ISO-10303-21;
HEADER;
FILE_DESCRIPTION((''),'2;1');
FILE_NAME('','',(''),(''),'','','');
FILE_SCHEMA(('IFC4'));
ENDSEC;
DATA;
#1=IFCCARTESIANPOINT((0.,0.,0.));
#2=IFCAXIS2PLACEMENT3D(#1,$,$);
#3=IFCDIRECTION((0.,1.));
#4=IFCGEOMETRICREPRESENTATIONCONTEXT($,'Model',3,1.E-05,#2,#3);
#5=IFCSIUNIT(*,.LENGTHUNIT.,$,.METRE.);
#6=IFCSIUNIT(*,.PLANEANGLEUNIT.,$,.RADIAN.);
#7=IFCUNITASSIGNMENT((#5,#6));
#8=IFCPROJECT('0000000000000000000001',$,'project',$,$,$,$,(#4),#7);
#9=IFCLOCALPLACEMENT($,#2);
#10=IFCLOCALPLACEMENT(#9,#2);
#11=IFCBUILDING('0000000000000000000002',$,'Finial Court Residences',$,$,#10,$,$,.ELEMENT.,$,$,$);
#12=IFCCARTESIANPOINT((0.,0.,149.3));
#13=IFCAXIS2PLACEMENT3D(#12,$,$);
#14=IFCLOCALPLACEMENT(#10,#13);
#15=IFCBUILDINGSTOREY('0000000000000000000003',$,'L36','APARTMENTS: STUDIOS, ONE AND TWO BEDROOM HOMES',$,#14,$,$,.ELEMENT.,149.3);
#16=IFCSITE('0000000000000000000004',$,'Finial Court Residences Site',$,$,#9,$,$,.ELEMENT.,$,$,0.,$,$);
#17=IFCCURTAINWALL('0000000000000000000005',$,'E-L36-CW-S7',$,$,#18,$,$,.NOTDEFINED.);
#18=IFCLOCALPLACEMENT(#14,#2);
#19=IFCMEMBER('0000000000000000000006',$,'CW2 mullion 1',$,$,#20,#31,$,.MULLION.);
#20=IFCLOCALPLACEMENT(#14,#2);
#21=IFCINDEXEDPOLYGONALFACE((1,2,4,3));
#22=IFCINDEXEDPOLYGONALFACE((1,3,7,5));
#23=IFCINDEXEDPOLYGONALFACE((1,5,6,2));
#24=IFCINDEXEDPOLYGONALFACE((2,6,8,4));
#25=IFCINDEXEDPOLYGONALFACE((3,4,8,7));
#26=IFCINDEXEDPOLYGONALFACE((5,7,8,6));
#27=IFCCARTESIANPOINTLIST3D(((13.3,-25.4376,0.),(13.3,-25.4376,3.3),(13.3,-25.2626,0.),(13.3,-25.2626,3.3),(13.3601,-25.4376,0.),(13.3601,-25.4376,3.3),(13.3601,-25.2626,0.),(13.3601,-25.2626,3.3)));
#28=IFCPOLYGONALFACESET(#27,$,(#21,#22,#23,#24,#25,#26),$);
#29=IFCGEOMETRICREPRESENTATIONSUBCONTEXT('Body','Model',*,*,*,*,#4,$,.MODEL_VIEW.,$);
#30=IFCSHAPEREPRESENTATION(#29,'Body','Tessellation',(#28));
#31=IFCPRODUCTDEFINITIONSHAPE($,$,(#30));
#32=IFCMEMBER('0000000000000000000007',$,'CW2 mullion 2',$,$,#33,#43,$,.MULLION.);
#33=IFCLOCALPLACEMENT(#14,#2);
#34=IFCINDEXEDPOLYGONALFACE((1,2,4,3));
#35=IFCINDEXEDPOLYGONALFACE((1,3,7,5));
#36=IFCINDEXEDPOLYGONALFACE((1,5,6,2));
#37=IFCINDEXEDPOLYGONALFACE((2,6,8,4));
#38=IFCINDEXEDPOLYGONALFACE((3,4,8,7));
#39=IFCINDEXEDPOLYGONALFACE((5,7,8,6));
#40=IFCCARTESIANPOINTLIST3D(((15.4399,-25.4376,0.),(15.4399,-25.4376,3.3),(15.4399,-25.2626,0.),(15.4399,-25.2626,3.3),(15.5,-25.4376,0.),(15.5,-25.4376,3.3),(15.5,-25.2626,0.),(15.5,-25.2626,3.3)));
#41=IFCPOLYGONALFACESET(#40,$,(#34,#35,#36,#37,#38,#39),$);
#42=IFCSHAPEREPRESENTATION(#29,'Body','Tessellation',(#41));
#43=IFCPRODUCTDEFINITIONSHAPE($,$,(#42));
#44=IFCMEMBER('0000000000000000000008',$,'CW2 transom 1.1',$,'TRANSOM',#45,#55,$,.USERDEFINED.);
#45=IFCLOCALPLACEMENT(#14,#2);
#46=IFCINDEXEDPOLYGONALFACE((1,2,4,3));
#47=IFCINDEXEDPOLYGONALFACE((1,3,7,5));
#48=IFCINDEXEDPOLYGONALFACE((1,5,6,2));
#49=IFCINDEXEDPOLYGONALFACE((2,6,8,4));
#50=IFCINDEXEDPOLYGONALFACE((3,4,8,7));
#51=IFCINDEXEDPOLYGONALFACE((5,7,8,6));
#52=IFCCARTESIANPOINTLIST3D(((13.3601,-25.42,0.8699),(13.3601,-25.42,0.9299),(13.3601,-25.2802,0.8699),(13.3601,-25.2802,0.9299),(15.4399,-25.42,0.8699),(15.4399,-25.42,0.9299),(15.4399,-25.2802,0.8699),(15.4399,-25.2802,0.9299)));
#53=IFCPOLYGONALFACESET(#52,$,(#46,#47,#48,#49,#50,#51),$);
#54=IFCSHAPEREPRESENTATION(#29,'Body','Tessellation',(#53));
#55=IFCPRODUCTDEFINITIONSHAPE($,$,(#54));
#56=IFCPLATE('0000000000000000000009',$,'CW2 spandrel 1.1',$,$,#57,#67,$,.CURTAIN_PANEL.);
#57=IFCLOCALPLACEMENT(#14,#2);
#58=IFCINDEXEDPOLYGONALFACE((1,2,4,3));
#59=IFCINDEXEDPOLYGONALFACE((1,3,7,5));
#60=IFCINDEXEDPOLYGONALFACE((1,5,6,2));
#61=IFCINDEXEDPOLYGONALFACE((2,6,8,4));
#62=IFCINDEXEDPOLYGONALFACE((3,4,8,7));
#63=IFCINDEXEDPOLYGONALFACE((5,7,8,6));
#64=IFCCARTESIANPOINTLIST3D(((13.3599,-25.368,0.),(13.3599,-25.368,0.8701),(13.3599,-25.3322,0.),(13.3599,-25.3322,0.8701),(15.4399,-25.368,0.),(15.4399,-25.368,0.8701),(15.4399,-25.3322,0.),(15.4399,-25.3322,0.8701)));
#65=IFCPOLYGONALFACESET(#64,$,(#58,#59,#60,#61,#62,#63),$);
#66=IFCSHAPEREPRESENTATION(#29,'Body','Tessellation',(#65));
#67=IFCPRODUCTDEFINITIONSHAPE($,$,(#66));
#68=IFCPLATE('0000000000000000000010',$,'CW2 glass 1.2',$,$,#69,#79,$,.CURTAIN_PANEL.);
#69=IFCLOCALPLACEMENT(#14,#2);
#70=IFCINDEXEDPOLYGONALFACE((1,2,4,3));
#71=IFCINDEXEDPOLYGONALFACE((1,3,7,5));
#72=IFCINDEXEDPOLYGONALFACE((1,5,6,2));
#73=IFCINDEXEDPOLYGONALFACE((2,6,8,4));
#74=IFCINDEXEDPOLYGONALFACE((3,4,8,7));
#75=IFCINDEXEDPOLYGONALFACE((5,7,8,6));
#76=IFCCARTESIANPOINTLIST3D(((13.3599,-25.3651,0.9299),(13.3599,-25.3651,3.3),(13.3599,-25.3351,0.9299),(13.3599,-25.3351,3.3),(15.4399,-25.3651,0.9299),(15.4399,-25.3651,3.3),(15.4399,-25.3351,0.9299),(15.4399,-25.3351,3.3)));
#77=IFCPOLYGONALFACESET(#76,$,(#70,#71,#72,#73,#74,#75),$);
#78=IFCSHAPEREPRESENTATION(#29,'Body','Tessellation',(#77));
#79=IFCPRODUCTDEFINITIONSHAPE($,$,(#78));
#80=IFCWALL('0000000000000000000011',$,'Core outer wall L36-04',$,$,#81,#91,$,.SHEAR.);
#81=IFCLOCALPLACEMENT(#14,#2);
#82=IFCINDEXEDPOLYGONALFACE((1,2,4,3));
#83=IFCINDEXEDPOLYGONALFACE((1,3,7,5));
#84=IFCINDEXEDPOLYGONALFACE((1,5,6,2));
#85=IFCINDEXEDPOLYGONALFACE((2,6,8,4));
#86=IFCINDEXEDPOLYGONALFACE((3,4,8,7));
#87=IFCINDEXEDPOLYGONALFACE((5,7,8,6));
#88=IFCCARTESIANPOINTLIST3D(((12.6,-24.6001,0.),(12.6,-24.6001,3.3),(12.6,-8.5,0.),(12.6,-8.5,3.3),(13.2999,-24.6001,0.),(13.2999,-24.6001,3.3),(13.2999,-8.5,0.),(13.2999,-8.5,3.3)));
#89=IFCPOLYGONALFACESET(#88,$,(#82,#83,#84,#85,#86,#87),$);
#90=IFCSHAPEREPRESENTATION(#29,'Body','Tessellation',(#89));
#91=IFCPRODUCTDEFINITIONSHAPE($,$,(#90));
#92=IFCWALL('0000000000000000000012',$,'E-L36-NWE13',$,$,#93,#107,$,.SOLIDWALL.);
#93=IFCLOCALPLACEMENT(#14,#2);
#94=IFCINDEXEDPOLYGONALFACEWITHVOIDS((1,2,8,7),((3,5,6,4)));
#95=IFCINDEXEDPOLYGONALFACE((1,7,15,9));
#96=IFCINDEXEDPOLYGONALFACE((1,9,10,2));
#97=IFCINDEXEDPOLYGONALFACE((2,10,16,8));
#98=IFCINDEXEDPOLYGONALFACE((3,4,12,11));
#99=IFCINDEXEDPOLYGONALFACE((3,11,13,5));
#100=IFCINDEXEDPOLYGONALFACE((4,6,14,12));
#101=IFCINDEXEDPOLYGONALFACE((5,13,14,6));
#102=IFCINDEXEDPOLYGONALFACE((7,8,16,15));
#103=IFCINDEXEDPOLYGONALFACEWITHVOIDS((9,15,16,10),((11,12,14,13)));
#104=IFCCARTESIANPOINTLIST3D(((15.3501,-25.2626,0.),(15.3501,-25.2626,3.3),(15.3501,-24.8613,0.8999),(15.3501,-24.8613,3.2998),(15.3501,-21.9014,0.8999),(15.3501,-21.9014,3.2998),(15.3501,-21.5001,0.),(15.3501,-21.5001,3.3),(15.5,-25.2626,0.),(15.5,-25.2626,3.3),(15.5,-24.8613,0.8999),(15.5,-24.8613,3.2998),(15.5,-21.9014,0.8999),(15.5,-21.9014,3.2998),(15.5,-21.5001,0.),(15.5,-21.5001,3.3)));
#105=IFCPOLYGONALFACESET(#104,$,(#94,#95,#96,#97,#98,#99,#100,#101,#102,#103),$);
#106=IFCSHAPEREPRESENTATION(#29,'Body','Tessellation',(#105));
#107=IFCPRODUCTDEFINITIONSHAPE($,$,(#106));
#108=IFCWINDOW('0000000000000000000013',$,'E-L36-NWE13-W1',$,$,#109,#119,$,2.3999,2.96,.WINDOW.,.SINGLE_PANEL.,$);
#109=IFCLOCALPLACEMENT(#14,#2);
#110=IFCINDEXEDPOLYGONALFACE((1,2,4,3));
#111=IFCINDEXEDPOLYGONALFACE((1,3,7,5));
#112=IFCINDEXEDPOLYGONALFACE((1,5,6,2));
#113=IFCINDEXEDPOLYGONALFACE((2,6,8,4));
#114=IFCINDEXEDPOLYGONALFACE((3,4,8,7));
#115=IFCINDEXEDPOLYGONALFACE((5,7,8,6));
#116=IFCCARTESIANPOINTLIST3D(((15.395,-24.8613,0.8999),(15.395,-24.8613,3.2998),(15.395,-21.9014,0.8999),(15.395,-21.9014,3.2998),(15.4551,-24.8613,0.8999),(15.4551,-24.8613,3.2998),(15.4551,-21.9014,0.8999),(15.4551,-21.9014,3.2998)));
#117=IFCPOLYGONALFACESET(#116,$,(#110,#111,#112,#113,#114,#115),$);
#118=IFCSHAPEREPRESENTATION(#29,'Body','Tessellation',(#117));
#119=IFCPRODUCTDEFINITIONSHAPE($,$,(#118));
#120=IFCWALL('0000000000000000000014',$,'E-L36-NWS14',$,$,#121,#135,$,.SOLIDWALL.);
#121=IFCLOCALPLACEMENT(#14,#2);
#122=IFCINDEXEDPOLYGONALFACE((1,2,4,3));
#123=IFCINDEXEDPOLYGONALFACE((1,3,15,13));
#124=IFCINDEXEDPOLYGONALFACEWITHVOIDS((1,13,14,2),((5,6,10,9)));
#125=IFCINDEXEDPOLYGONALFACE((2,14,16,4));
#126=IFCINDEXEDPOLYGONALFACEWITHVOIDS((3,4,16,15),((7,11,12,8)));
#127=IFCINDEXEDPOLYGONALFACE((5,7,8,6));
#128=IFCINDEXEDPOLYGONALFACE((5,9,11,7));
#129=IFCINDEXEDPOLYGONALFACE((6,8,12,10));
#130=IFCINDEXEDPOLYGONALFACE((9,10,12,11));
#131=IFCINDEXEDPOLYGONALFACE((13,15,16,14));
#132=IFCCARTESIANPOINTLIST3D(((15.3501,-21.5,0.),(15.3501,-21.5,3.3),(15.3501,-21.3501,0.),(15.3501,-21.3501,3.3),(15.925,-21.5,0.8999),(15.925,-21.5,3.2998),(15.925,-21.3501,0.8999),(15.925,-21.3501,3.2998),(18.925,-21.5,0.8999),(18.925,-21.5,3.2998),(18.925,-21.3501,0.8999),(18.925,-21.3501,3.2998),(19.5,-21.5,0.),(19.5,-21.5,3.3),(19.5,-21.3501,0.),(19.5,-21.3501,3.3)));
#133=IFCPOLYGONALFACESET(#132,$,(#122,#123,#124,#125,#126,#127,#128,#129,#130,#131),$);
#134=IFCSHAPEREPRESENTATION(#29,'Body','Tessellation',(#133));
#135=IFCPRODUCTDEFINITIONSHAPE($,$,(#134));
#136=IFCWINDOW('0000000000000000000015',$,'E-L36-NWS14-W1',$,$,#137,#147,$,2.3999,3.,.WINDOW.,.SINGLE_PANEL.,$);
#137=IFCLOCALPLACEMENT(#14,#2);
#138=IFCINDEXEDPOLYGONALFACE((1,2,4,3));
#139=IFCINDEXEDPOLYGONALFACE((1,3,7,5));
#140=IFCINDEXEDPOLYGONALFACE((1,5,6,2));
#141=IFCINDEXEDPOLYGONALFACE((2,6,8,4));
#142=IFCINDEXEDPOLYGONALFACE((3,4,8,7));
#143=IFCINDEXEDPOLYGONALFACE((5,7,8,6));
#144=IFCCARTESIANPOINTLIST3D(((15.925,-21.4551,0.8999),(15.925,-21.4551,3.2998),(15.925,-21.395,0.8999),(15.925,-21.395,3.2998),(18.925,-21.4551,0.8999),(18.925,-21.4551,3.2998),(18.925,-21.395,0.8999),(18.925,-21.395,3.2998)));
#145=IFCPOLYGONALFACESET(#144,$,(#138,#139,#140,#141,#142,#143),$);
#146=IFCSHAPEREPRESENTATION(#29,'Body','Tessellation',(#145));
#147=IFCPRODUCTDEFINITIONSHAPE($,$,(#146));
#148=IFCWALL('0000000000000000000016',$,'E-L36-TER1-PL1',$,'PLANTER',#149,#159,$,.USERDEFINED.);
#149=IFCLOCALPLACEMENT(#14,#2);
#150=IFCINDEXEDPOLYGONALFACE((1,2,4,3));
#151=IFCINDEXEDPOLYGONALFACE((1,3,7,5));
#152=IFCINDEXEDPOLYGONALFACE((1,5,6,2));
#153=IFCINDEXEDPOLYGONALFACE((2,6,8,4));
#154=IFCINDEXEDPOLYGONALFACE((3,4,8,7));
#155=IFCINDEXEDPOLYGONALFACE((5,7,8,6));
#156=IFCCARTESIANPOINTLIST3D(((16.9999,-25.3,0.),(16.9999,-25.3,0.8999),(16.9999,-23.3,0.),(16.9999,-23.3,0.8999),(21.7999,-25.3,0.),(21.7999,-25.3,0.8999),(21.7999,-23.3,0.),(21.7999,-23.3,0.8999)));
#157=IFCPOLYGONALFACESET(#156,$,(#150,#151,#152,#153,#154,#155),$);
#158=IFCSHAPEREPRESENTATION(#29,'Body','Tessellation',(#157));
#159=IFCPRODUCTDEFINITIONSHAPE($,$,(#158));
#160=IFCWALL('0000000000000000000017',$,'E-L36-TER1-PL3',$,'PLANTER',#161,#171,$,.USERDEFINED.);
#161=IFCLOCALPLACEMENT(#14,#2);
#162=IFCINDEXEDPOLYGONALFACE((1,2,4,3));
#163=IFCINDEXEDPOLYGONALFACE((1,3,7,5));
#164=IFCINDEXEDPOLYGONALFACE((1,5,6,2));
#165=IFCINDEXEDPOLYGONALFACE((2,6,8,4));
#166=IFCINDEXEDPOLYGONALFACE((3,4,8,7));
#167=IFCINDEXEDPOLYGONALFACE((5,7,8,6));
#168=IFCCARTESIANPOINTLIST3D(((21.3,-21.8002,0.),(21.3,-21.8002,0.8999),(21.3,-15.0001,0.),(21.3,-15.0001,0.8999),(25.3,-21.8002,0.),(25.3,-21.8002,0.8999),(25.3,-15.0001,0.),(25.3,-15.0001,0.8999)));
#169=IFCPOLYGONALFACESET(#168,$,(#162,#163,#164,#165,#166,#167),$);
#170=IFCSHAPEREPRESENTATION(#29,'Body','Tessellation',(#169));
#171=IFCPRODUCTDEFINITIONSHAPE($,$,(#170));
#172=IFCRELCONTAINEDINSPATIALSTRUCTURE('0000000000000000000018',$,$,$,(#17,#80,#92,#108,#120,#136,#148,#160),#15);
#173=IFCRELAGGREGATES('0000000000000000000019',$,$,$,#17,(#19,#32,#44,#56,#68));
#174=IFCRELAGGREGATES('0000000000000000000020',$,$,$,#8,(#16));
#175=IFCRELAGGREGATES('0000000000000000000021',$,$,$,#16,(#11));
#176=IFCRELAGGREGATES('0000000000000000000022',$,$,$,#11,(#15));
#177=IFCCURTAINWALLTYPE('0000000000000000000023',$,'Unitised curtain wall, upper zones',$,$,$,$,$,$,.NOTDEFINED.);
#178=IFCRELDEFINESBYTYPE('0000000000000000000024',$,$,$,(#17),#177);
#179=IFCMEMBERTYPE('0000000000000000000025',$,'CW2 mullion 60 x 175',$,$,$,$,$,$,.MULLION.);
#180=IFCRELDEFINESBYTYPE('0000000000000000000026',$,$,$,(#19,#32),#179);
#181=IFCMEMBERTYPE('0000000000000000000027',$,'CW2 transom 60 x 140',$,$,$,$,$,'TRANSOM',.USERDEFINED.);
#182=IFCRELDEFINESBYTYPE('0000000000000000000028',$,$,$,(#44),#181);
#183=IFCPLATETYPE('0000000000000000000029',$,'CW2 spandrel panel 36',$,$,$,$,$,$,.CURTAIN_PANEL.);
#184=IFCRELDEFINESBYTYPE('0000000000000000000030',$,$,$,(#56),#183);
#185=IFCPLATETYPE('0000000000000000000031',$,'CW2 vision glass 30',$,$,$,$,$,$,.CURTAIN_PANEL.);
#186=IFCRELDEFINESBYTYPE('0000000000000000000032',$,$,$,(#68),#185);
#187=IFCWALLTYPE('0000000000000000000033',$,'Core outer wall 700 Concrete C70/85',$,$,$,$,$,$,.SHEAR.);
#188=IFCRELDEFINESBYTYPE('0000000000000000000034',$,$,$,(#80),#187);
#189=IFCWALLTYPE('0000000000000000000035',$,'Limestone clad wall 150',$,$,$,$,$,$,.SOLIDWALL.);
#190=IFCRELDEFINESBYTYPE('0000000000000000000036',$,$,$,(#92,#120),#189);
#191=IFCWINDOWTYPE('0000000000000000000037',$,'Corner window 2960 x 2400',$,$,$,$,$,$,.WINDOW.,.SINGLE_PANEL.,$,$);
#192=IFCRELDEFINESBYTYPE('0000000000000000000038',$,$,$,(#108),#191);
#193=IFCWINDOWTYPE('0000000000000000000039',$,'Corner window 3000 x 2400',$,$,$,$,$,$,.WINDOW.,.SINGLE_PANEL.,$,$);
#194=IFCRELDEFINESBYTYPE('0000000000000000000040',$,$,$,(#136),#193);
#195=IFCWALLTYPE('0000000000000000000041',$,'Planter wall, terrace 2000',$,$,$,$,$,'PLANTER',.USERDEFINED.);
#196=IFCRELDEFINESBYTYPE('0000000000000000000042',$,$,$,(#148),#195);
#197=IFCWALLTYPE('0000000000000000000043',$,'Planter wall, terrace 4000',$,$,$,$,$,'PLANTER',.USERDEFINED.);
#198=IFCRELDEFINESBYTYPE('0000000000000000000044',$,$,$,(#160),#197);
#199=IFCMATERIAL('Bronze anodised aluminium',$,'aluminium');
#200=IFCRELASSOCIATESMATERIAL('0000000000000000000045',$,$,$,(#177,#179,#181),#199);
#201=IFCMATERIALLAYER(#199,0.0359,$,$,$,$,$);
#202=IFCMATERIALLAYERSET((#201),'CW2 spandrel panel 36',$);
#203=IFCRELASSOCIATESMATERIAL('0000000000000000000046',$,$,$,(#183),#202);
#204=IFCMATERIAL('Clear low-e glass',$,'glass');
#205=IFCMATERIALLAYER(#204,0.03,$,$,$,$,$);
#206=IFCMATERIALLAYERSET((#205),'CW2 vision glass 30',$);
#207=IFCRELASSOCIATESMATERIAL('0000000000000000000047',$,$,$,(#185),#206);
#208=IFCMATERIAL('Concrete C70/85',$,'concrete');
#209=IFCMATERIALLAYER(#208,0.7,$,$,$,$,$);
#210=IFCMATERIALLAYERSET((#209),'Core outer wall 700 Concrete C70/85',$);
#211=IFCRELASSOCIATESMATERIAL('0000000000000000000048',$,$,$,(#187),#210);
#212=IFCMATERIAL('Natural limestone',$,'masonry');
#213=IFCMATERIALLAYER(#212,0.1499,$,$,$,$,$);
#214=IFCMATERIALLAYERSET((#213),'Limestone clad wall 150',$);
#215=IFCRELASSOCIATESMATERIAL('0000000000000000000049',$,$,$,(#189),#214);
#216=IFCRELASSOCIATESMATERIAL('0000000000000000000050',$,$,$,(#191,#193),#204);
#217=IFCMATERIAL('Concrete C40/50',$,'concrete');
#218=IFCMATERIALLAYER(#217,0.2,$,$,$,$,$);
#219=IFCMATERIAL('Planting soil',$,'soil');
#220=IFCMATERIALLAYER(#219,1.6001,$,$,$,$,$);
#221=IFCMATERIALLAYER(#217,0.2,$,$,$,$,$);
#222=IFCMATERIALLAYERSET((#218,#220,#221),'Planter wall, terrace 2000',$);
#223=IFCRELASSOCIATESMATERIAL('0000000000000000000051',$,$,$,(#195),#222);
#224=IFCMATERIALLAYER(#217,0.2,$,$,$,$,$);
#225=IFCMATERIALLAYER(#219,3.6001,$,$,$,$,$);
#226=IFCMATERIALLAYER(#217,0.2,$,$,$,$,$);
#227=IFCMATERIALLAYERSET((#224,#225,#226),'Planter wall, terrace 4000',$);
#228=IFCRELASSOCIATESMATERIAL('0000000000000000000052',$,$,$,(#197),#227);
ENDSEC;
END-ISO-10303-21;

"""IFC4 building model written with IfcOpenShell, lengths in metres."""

from ifc_helpers import new_model, si_unit, direction, frame, frame_2d, origin, origin_2d, place, context, subcontext, project, spatial, rectangle, extrude, material, layer, layer_set, material_profile, profile_set, type_object, element, fill, aggregate, save


model = new_model("IFC4")

# Units and contexts
model_context = context("Model", 3, precision=1e-05, world=origin(), true_north=direction((0.0, 1.0)))
body_context = subcontext(model_context, "Body", "Model", "MODEL_VIEW")
ifc_project = project(units=[si_unit("LENGTHUNIT", "METRE"), si_unit("PLANEANGLEUNIT", "RADIAN")], contexts=[model_context])

# Site, building, storey
site_placement = place(None, origin())
site = spatial("IfcSite", under=ifc_project, at=site_placement, Name="Finial Court Residences Site", CompositionType="ELEMENT", RefElevation=0.0)
building_placement = place(site_placement, origin())
building = spatial("IfcBuilding", under=site, at=building_placement, Name="Finial Court Residences", CompositionType="ELEMENT")
storey_placement = place(building_placement, frame((0.0, 0.0, 149.3)))
storey = spatial("IfcBuildingStorey", under=building, at=storey_placement, Name="L36", Description="APARTMENTS: STUDIOS, ONE AND TWO BEDROOM HOMES", CompositionType="ELEMENT", Elevation=149.3)

# Curtain wall, members, plates
ifc_material_1 = material(Name="Bronze anodised aluminium", Category="aluminium")
curtain_wall_type = type_object("IfcCurtainWallType", Name="Unitised curtain wall, upper zones", PredefinedType="NOTDEFINED", material=ifc_material_1)
curtain_wall_placement = place(storey_placement, origin())
curtain_wall = element("IfcCurtainWall", 1, at=curtain_wall_placement, inside=storey, type_object=curtain_wall_type, Name="E-L36-CW-S7", PredefinedType="NOTDEFINED")
ifc_material_profile_1 = material_profile(ifc_material_1, rectangle(XDim=0.175, YDim=0.0601, at=origin_2d()), Name="CW2 mullion 60 x 175")
ifc_profile_set_1 = profile_set([ifc_material_profile_1], Name="Bronze anodised aluminium")
member_type_1 = type_object("IfcMemberType", Name="CW2 mullion 60 x 175", PredefinedType="MULLION", material=ifc_profile_set_1)
member_1_placement = place(storey_placement, frame((13.3301, -25.3501, 0.0), z_axis=(0.0, 0.0, 1.0), x_axis=(0.0, 1.0, 0.0)))
member_1 = element("IfcMember", 2, at=member_1_placement, type_object=member_type_1, Name="CW2 mullion 1", PredefinedType="MULLION", context=body_context, shape_type="SweptSolid", body=[
    extrude(rectangle(XDim=0.175, YDim=0.0601, at=origin_2d()), origin(), (0.0, 0.0, 1.0), 3.3),
])
member_2_placement = place(storey_placement, frame((15.47, -25.3501, 0.0), z_axis=(0.0, 0.0, 1.0), x_axis=(0.0, 1.0, 0.0)))
member_2 = element("IfcMember", 3, at=member_2_placement, type_object=member_type_1, Name="CW2 mullion 2", PredefinedType="MULLION", context=body_context, shape_type="SweptSolid", body=[
    extrude(rectangle(XDim=0.175, YDim=0.0601, at=origin_2d()), origin(), (0.0, 0.0, 1.0), 3.3),
])
ifc_material_profile_2 = material_profile(ifc_material_1, rectangle(XDim=0.1399, YDim=0.0601, at=origin_2d()), Name="CW2 transom 60 x 140")
ifc_profile_set_2 = profile_set([ifc_material_profile_2], Name="Bronze anodised aluminium")
member_type_2 = type_object("IfcMemberType", Name="CW2 transom 60 x 140", ElementType="TRANSOM", PredefinedType="USERDEFINED", material=ifc_profile_set_2)
member_3_placement = place(storey_placement, frame((13.3601, -25.3501, 0.8999), z_axis=(1.0, 0.0, 0.0), x_axis=(0.0, 1.0, 0.0)))
member_3 = element("IfcMember", 4, at=member_3_placement, type_object=member_type_2, Name="CW2 transom 1.1", ObjectType="TRANSOM", PredefinedType="USERDEFINED", context=body_context, shape_type="SweptSolid", body=[
    extrude(rectangle(XDim=0.1399, YDim=0.0601, at=origin_2d()), origin(), (0.0, 0.0, 1.0), 2.0798),
])
ifc_layer_1 = layer(ifc_material_1, 0.0359)
ifc_layer_set_1 = layer_set([ifc_layer_1], Name="CW2 spandrel panel 36")
plate_type_1 = type_object("IfcPlateType", Name="CW2 spandrel panel 36", PredefinedType="CURTAIN_PANEL", material=ifc_layer_set_1)
plate_1_placement = place(storey_placement, frame((14.3999, -25.3501, 0.0), z_axis=(0.0, 0.0, 1.0), x_axis=(1.0, 0.0, 0.0)))
plate_1 = element("IfcPlate", 5, at=plate_1_placement, type_object=plate_type_1, Name="CW2 spandrel 1.1", PredefinedType="CURTAIN_PANEL", context=body_context, shape_type="SweptSolid", body=[
    extrude(rectangle(XDim=2.0801, YDim=0.0359, at=origin_2d()), origin(), (0.0, 0.0, 1.0), 0.8701),
])
ifc_material_2 = material(Name="Clear low-e glass", Category="glass")
ifc_layer_2 = layer(ifc_material_2, 0.03)
ifc_layer_set_2 = layer_set([ifc_layer_2], Name="CW2 vision glass 30")
plate_type_2 = type_object("IfcPlateType", Name="CW2 vision glass 30", PredefinedType="CURTAIN_PANEL", material=ifc_layer_set_2)
plate_2_placement = place(storey_placement, frame((14.3999, -25.3501, 0.9299), z_axis=(0.0, 0.0, 1.0), x_axis=(1.0, 0.0, 0.0)))
plate_2 = element("IfcPlate", 6, at=plate_2_placement, type_object=plate_type_2, Name="CW2 glass 1.2", PredefinedType="CURTAIN_PANEL", context=body_context, shape_type="SweptSolid", body=[
    extrude(rectangle(XDim=2.0801, YDim=0.03, at=origin_2d()), origin(), (0.0, 0.0, 1.0), 2.3701),
])
aggregate(curtain_wall, [member_1, member_2, member_3, plate_1, plate_2])

# Wall
ifc_material_3 = material(Name="Concrete C70/85", Category="concrete")
ifc_layer_3 = layer(ifc_material_3, 0.7)
ifc_layer_set_3 = layer_set([ifc_layer_3], Name="Core outer wall 700 Concrete C70/85")
wall_type_1 = type_object("IfcWallType", Name="Core outer wall 700 Concrete C70/85", PredefinedType="SHEAR", material=ifc_layer_set_3)
wall_1_placement = place(storey_placement, frame((12.95, -24.6001, 0.0), z_axis=(0.0, 0.0, 1.0), x_axis=(0.0, 1.0, 0.0)))
element("IfcWall", 7, at=wall_1_placement, inside=storey, type_object=wall_type_1, Name="Core outer wall L36-04", PredefinedType="SHEAR", context=body_context, shape_type="SweptSolid", body=[
    extrude(rectangle(XDim=16.1001, YDim=0.7, at=frame_2d((8.05, 0.0))), origin(), (0.0, 0.0, 1.0), 3.3),
])

# Walls, openings, windows
ifc_material_4 = material(Name="Natural limestone", Category="masonry")
ifc_layer_4 = layer(ifc_material_4, 0.1499)
ifc_layer_set_4 = layer_set([ifc_layer_4], Name="Limestone clad wall 150")
wall_type_2 = type_object("IfcWallType", Name="Limestone clad wall 150", PredefinedType="SOLIDWALL", material=ifc_layer_set_4)
wall_2_placement = place(storey_placement, frame((15.425, -21.5, 0.0), z_axis=(0.0, 0.0, 1.0), x_axis=(0.0, -1.0, 0.0)))
wall_2 = element("IfcWall", 8, at=wall_2_placement, inside=storey, type_object=wall_type_2, Name="E-L36-NWE13", PredefinedType="SOLIDWALL", context=body_context, shape_type="SweptSolid", body=[
    extrude(rectangle(XDim=3.7625, YDim=0.1499, at=frame_2d((1.8813, 0.0))), origin(), (0.0, 0.0, 1.0), 3.3),
])
opening_1_placement = place(wall_2_placement, frame((0.4014, 0.0, 0.8999)))
opening_1 = element("IfcOpeningElement", 9, at=opening_1_placement, cuts=wall_2, PredefinedType="OPENING", context=body_context, shape_type="SweptSolid", body=[
    extrude(rectangle(XDim=2.96, YDim=2.3999, at=frame_2d((1.48, 1.2))), frame((0.0, 0.085, 0.0), z_axis=(0.0, -1.0, 0.0), x_axis=(1.0, 0.0, 0.0)), (0.0, 0.0, 1.0), 0.1699),
])
window_type_1 = type_object("IfcWindowType", Name="Corner window 2960 x 2400", PartitioningType="SINGLE_PANEL", PredefinedType="WINDOW", material=ifc_material_2)
window_1_placement = place(opening_1_placement, origin())
window_1 = element("IfcWindow", 10, at=window_1_placement, inside=storey, type_object=window_type_1, Name="E-L36-NWE13-W1", OverallHeight=2.3999, OverallWidth=2.96, PartitioningType="SINGLE_PANEL", PredefinedType="WINDOW", context=body_context, shape_type="SweptSolid", body=[
    extrude(rectangle(XDim=2.96, YDim=2.3999, at=frame_2d((1.48, 1.2))), frame((0.0, 0.03, 0.0), z_axis=(0.0, -1.0, 0.0), x_axis=(1.0, 0.0, 0.0)), (0.0, 0.0, 1.0), 0.0601),
])
fill(opening_1, window_1)
wall_3_placement = place(storey_placement, frame((19.5, -21.425, 0.0), z_axis=(0.0, 0.0, 1.0), x_axis=(-1.0, 0.0, 0.0)))
wall_3 = element("IfcWall", 11, at=wall_3_placement, inside=storey, type_object=wall_type_2, Name="E-L36-NWS14", PredefinedType="SOLIDWALL", context=body_context, shape_type="SweptSolid", body=[
    extrude(rectangle(XDim=4.1499, YDim=0.1499, at=frame_2d((2.075, 0.0))), origin(), (0.0, 0.0, 1.0), 3.3),
])
opening_2_placement = place(wall_3_placement, frame((0.575, 0.0, 0.8999)))
opening_2 = element("IfcOpeningElement", 12, at=opening_2_placement, cuts=wall_3, PredefinedType="OPENING", context=body_context, shape_type="SweptSolid", body=[
    extrude(rectangle(XDim=3.0, YDim=2.3999, at=frame_2d((1.5, 1.2))), frame((0.0, 0.085, 0.0), z_axis=(0.0, -1.0, 0.0), x_axis=(1.0, 0.0, 0.0)), (0.0, 0.0, 1.0), 0.1699),
])
window_type_2 = type_object("IfcWindowType", Name="Corner window 3000 x 2400", PartitioningType="SINGLE_PANEL", PredefinedType="WINDOW", material=ifc_material_2)
window_2_placement = place(opening_2_placement, origin())
window_2 = element("IfcWindow", 13, at=window_2_placement, inside=storey, type_object=window_type_2, Name="E-L36-NWS14-W1", OverallHeight=2.3999, OverallWidth=3.0, PartitioningType="SINGLE_PANEL", PredefinedType="WINDOW", context=body_context, shape_type="SweptSolid", body=[
    extrude(rectangle(XDim=3.0, YDim=2.3999, at=frame_2d((1.5, 1.2))), frame((0.0, 0.03, 0.0), z_axis=(0.0, -1.0, 0.0), x_axis=(1.0, 0.0, 0.0)), (0.0, 0.0, 1.0), 0.0601),
])
fill(opening_2, window_2)

# Walls
ifc_material_5 = material(Name="Concrete C40/50", Category="concrete")
ifc_layer_5 = layer(ifc_material_5, 0.2)
ifc_material_6 = material(Name="Planting soil", Category="soil")
ifc_layer_6 = layer(ifc_material_6, 1.6001)
ifc_layer_7 = layer(ifc_material_5, 0.2)
ifc_layer_set_5 = layer_set([ifc_layer_5, ifc_layer_6, ifc_layer_7], Name="Planter wall, terrace 2000")
wall_type_3 = type_object("IfcWallType", Name="Planter wall, terrace 2000", ElementType="PLANTER", PredefinedType="USERDEFINED", material=ifc_layer_set_5)
wall_4_placement = place(storey_placement, frame((17.0, -24.3, 0.0), z_axis=(0.0, 0.0, 1.0), x_axis=(1.0, 0.0, 0.0)))
element("IfcWall", 14, at=wall_4_placement, inside=storey, type_object=wall_type_3, Name="E-L36-TER1-PL1", ObjectType="PLANTER", PredefinedType="USERDEFINED", context=body_context, shape_type="SweptSolid", body=[
    extrude(rectangle(XDim=4.8, YDim=2.0, at=frame_2d((2.3999, 0.0))), origin(), (0.0, 0.0, 1.0), 0.8999),
])
ifc_layer_8 = layer(ifc_material_5, 0.2)
ifc_layer_9 = layer(ifc_material_6, 3.6001)
ifc_layer_10 = layer(ifc_material_5, 0.2)
ifc_layer_set_6 = layer_set([ifc_layer_8, ifc_layer_9, ifc_layer_10], Name="Planter wall, terrace 4000")
wall_type_4 = type_object("IfcWallType", Name="Planter wall, terrace 4000", ElementType="PLANTER", PredefinedType="USERDEFINED", material=ifc_layer_set_6)
wall_5_placement = place(storey_placement, frame((23.3, -21.8, 0.0), z_axis=(0.0, 0.0, 1.0), x_axis=(0.0, 1.0, 0.0)))
element("IfcWall", 15, at=wall_5_placement, inside=storey, type_object=wall_type_4, Name="E-L36-TER1-PL3", ObjectType="PLANTER", PredefinedType="USERDEFINED", context=body_context, shape_type="SweptSolid", body=[
    extrude(rectangle(XDim=6.8, YDim=4.0, at=frame_2d((3.3999, 0.0))), origin(), (0.0, 0.0, 1.0), 0.8999),
])

save(model, "model.ifc")
